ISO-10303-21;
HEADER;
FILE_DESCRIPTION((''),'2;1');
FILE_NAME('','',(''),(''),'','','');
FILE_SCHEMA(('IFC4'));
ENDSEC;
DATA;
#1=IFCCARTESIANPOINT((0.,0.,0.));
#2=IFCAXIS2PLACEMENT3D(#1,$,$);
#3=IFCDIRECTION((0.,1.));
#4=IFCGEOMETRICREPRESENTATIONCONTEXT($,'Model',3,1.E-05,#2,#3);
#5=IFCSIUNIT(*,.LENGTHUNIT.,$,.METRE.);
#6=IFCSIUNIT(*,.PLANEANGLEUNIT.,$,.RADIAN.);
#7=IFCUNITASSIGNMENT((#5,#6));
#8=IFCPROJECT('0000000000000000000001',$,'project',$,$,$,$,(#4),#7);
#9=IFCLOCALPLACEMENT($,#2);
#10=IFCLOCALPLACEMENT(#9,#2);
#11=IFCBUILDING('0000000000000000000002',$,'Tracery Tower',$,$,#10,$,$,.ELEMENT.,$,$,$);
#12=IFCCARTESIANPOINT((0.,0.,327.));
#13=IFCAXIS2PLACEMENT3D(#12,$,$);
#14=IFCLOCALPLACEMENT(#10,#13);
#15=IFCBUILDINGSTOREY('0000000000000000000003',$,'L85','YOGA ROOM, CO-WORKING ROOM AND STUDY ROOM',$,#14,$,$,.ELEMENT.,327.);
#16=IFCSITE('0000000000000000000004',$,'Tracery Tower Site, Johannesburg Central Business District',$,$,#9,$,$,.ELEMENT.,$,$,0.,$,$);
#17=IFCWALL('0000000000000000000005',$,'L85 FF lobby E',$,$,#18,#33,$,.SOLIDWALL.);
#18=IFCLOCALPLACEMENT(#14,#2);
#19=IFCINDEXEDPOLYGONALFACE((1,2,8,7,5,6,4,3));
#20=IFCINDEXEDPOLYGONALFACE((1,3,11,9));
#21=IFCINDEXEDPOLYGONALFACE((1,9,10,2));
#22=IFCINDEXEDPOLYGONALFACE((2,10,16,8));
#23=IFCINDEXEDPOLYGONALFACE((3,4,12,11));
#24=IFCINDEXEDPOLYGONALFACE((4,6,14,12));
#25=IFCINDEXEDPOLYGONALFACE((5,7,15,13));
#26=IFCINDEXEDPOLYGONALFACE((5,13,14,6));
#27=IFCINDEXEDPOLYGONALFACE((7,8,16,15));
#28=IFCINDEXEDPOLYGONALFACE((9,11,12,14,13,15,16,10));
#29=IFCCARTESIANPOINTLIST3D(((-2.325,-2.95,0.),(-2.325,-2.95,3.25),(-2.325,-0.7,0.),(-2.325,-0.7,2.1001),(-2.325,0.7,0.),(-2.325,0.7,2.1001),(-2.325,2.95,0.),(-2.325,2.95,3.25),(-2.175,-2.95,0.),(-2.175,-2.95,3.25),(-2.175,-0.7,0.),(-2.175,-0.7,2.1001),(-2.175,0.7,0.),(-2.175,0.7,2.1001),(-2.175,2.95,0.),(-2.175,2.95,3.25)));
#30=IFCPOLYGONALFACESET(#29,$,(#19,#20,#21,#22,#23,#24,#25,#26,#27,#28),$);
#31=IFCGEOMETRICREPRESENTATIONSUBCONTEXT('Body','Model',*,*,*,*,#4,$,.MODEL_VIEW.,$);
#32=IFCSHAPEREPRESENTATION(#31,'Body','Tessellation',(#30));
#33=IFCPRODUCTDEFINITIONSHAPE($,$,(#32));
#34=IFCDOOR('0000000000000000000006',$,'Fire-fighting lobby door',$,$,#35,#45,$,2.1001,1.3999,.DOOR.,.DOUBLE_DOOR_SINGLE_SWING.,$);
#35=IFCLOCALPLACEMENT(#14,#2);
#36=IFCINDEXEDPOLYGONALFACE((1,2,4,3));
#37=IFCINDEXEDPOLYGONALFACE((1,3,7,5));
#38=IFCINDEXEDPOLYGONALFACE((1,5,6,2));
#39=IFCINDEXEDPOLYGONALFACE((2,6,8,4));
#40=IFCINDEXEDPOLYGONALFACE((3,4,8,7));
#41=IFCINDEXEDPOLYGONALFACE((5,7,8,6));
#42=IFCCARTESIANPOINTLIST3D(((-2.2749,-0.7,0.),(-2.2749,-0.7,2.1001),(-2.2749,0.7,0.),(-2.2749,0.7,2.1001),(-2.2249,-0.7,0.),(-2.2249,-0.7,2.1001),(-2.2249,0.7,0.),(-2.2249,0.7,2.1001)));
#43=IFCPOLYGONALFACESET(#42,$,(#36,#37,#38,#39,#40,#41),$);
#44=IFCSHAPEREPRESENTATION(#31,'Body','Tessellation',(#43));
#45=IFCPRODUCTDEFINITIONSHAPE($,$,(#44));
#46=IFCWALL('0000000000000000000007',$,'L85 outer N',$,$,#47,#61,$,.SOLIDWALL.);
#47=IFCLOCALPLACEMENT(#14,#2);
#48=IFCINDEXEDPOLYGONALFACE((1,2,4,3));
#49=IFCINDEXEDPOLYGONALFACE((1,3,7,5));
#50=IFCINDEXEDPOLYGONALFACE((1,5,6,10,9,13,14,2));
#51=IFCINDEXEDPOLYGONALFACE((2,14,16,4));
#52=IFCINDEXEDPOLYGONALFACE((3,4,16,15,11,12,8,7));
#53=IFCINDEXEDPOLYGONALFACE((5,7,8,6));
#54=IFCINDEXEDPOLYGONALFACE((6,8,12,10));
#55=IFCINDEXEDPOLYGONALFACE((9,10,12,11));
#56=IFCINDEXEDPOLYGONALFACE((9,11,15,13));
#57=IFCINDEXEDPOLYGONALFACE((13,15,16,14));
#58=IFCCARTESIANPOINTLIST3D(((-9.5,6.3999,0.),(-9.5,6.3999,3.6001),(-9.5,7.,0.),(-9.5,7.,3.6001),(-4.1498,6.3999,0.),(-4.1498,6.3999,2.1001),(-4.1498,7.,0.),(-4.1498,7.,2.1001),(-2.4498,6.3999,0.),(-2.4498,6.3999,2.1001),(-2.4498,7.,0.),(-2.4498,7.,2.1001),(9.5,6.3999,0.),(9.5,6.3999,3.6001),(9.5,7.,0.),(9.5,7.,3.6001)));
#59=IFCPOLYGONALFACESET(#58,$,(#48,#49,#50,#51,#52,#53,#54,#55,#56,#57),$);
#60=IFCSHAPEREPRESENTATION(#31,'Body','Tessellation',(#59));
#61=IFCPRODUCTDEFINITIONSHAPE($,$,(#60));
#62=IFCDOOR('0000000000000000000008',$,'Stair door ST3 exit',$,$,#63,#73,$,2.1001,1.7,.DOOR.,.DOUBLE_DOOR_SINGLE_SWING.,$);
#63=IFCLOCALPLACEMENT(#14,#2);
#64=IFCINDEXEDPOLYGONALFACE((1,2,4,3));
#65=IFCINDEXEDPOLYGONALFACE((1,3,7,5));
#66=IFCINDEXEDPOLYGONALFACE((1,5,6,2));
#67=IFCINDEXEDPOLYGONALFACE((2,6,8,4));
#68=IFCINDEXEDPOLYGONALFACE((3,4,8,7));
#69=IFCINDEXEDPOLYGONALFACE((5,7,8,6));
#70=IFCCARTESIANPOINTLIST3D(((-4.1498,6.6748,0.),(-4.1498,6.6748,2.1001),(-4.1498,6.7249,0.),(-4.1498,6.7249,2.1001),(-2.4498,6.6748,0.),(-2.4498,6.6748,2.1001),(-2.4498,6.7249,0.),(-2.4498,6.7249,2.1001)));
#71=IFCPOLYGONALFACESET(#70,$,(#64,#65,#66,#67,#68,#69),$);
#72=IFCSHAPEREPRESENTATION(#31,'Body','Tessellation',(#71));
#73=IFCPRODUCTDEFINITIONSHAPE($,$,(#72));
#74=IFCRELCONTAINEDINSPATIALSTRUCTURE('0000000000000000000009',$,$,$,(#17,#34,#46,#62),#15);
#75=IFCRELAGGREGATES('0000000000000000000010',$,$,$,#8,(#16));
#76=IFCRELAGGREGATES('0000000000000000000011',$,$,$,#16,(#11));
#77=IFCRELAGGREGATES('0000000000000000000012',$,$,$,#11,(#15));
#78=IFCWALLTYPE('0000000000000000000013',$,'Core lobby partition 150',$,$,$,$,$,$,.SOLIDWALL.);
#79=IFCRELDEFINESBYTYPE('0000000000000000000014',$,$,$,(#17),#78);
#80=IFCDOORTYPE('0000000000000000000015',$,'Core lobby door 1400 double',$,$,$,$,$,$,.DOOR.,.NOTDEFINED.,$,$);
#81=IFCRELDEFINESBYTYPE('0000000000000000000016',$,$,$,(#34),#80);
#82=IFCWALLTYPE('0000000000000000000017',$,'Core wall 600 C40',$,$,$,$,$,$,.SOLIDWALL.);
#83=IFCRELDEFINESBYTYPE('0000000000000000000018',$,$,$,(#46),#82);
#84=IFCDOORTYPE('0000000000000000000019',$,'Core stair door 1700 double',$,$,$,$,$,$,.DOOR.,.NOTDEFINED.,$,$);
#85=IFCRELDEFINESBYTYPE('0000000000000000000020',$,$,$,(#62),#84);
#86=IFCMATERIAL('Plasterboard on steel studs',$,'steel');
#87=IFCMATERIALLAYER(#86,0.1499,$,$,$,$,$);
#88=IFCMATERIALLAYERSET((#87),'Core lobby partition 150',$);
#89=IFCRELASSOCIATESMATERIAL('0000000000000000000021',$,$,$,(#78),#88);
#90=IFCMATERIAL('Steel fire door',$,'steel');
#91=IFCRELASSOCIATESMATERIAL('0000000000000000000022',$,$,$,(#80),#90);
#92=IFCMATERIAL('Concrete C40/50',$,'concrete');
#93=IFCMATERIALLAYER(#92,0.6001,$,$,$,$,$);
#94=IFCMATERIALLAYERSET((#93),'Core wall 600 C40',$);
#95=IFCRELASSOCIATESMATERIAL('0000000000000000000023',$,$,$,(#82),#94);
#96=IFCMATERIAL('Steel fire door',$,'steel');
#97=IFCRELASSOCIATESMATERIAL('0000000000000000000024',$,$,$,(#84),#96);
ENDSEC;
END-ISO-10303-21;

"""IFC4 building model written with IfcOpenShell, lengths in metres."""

from ifc_helpers import new_model, si_unit, direction, frame, frame_2d, origin, place, context, subcontext, project, spatial, rectangle, extrude, material, layer, layer_set, type_object, element, fill, save


model = new_model("IFC4")

# Units and contexts
model_context = context("Model", 3, precision=1e-05, world=origin(), true_north=direction((0.0, 1.0)))
body_context = subcontext(model_context, "Body", "Model", "MODEL_VIEW")
ifc_project = project(units=[si_unit("LENGTHUNIT", "METRE"), si_unit("PLANEANGLEUNIT", "RADIAN")], contexts=[model_context])

# Site, building, storey
site_placement = place(None, origin())
site = spatial("IfcSite", under=ifc_project, at=site_placement, Name="Tracery Tower Site, Johannesburg Central Business District", CompositionType="ELEMENT", RefElevation=0.0)
building_placement = place(site_placement, origin())
building = spatial("IfcBuilding", under=site, at=building_placement, Name="Tracery Tower", CompositionType="ELEMENT")
storey_placement = place(building_placement, frame((0.0, 0.0, 327.0)))
storey = spatial("IfcBuildingStorey", under=building, at=storey_placement, Name="L85", Description="YOGA ROOM, CO-WORKING ROOM AND STUDY ROOM", CompositionType="ELEMENT", Elevation=327.0)

# Walls, openings, doors
ifc_material_1 = material(Name="Plasterboard on steel studs", Category="steel")
ifc_layer_1 = layer(ifc_material_1, 0.1499)
ifc_layer_set_1 = layer_set([ifc_layer_1], Name="Core lobby partition 150")
wall_type_1 = type_object("IfcWallType", Name="Core lobby partition 150", PredefinedType="SOLIDWALL", material=ifc_layer_set_1)
wall_1_placement = place(storey_placement, frame((-2.25, -2.95, 0.0), z_axis=(0.0, 0.0, 1.0), x_axis=(0.0, 1.0, 0.0)))
wall_1 = element("IfcWall", 1, at=wall_1_placement, inside=storey, type_object=wall_type_1, Name="L85 FF lobby E", PredefinedType="SOLIDWALL", context=body_context, shape_type="SweptSolid", body=[
    extrude(rectangle(XDim=5.8999, YDim=0.1499, at=frame_2d((2.95, 0.0))), origin(), (0.0, 0.0, 1.0), 3.25),
])
opening_1_placement = place(wall_1_placement, frame((2.25, 0.0, 0.0)))
opening_1 = element("IfcOpeningElement", 2, at=opening_1_placement, cuts=wall_1, PredefinedType="OPENING", context=body_context, shape_type="SweptSolid", body=[
    extrude(rectangle(XDim=1.3999, YDim=2.1001, at=frame_2d((0.7, 1.05))), frame((0.0, 0.075, 0.0), z_axis=(0.0, -1.0, 0.0), x_axis=(1.0, 0.0, 0.0)), (0.0, 0.0, 1.0), 0.1499),
])
ifc_material_2 = material(Name="Steel fire door", Category="steel")
door_type_1 = type_object("IfcDoorType", Name="Core lobby door 1400 double", OperationType="NOTDEFINED", PredefinedType="DOOR", material=ifc_material_2)
door_1_placement = place(opening_1_placement, origin())
door_1 = element("IfcDoor", 3, at=door_1_placement, inside=storey, type_object=door_type_1, Name="Fire-fighting lobby door", OperationType="DOUBLE_DOOR_SINGLE_SWING", OverallHeight=2.1001, OverallWidth=1.3999, PredefinedType="DOOR", context=body_context, shape_type="SweptSolid", body=[
    extrude(rectangle(XDim=1.3999, YDim=2.1001, at=frame_2d((0.7, 1.05))), frame((0.0, 0.0249, 0.0), z_axis=(0.0, -1.0, 0.0), x_axis=(1.0, 0.0, 0.0)), (0.0, 0.0, 1.0), 0.05),
])
fill(opening_1, door_1)
ifc_material_3 = material(Name="Concrete C40/50", Category="concrete")
ifc_layer_2 = layer(ifc_material_3, 0.6001)
ifc_layer_set_2 = layer_set([ifc_layer_2], Name="Core wall 600 C40")
wall_type_2 = type_object("IfcWallType", Name="Core wall 600 C40", PredefinedType="SOLIDWALL", material=ifc_layer_set_2)
wall_2_placement = place(storey_placement, frame((-9.5, 6.7, 0.0), z_axis=(0.0, 0.0, 1.0), x_axis=(1.0, 0.0, 0.0)))
wall_2 = element("IfcWall", 4, at=wall_2_placement, inside=storey, type_object=wall_type_2, Name="L85 outer N", PredefinedType="SOLIDWALL", context=body_context, shape_type="SweptSolid", body=[
    extrude(rectangle(XDim=19.0, YDim=0.6001, at=frame_2d((9.5, 0.0))), origin(), (0.0, 0.0, 1.0), 3.6001),
])
opening_2_placement = place(wall_2_placement, frame((5.3501, 0.0, 0.0)))
opening_2 = element("IfcOpeningElement", 5, at=opening_2_placement, cuts=wall_2, PredefinedType="OPENING", context=body_context, shape_type="SweptSolid", body=[
    extrude(rectangle(XDim=1.7, YDim=2.1001, at=frame_2d((0.8501, 1.05))), frame((0.0, 0.3, 0.0), z_axis=(0.0, -1.0, 0.0), x_axis=(1.0, 0.0, 0.0)), (0.0, 0.0, 1.0), 0.6001),
])
ifc_material_4 = material(Name="Steel fire door", Category="steel")
door_type_2 = type_object("IfcDoorType", Name="Core stair door 1700 double", OperationType="NOTDEFINED", PredefinedType="DOOR", material=ifc_material_4)
door_2_placement = place(opening_2_placement, origin())
door_2 = element("IfcDoor", 6, at=door_2_placement, inside=storey, type_object=door_type_2, Name="Stair door ST3 exit", OperationType="DOUBLE_DOOR_SINGLE_SWING", OverallHeight=2.1001, OverallWidth=1.7, PredefinedType="DOOR", context=body_context, shape_type="SweptSolid", body=[
    extrude(rectangle(XDim=1.7, YDim=2.1001, at=frame_2d((0.8501, 1.05))), frame((0.0, 0.0249, 0.0), z_axis=(0.0, -1.0, 0.0), x_axis=(1.0, 0.0, 0.0)), (0.0, 0.0, 1.0), 0.05),
])
fill(opening_2, door_2)

save(model, "model.ifc")
